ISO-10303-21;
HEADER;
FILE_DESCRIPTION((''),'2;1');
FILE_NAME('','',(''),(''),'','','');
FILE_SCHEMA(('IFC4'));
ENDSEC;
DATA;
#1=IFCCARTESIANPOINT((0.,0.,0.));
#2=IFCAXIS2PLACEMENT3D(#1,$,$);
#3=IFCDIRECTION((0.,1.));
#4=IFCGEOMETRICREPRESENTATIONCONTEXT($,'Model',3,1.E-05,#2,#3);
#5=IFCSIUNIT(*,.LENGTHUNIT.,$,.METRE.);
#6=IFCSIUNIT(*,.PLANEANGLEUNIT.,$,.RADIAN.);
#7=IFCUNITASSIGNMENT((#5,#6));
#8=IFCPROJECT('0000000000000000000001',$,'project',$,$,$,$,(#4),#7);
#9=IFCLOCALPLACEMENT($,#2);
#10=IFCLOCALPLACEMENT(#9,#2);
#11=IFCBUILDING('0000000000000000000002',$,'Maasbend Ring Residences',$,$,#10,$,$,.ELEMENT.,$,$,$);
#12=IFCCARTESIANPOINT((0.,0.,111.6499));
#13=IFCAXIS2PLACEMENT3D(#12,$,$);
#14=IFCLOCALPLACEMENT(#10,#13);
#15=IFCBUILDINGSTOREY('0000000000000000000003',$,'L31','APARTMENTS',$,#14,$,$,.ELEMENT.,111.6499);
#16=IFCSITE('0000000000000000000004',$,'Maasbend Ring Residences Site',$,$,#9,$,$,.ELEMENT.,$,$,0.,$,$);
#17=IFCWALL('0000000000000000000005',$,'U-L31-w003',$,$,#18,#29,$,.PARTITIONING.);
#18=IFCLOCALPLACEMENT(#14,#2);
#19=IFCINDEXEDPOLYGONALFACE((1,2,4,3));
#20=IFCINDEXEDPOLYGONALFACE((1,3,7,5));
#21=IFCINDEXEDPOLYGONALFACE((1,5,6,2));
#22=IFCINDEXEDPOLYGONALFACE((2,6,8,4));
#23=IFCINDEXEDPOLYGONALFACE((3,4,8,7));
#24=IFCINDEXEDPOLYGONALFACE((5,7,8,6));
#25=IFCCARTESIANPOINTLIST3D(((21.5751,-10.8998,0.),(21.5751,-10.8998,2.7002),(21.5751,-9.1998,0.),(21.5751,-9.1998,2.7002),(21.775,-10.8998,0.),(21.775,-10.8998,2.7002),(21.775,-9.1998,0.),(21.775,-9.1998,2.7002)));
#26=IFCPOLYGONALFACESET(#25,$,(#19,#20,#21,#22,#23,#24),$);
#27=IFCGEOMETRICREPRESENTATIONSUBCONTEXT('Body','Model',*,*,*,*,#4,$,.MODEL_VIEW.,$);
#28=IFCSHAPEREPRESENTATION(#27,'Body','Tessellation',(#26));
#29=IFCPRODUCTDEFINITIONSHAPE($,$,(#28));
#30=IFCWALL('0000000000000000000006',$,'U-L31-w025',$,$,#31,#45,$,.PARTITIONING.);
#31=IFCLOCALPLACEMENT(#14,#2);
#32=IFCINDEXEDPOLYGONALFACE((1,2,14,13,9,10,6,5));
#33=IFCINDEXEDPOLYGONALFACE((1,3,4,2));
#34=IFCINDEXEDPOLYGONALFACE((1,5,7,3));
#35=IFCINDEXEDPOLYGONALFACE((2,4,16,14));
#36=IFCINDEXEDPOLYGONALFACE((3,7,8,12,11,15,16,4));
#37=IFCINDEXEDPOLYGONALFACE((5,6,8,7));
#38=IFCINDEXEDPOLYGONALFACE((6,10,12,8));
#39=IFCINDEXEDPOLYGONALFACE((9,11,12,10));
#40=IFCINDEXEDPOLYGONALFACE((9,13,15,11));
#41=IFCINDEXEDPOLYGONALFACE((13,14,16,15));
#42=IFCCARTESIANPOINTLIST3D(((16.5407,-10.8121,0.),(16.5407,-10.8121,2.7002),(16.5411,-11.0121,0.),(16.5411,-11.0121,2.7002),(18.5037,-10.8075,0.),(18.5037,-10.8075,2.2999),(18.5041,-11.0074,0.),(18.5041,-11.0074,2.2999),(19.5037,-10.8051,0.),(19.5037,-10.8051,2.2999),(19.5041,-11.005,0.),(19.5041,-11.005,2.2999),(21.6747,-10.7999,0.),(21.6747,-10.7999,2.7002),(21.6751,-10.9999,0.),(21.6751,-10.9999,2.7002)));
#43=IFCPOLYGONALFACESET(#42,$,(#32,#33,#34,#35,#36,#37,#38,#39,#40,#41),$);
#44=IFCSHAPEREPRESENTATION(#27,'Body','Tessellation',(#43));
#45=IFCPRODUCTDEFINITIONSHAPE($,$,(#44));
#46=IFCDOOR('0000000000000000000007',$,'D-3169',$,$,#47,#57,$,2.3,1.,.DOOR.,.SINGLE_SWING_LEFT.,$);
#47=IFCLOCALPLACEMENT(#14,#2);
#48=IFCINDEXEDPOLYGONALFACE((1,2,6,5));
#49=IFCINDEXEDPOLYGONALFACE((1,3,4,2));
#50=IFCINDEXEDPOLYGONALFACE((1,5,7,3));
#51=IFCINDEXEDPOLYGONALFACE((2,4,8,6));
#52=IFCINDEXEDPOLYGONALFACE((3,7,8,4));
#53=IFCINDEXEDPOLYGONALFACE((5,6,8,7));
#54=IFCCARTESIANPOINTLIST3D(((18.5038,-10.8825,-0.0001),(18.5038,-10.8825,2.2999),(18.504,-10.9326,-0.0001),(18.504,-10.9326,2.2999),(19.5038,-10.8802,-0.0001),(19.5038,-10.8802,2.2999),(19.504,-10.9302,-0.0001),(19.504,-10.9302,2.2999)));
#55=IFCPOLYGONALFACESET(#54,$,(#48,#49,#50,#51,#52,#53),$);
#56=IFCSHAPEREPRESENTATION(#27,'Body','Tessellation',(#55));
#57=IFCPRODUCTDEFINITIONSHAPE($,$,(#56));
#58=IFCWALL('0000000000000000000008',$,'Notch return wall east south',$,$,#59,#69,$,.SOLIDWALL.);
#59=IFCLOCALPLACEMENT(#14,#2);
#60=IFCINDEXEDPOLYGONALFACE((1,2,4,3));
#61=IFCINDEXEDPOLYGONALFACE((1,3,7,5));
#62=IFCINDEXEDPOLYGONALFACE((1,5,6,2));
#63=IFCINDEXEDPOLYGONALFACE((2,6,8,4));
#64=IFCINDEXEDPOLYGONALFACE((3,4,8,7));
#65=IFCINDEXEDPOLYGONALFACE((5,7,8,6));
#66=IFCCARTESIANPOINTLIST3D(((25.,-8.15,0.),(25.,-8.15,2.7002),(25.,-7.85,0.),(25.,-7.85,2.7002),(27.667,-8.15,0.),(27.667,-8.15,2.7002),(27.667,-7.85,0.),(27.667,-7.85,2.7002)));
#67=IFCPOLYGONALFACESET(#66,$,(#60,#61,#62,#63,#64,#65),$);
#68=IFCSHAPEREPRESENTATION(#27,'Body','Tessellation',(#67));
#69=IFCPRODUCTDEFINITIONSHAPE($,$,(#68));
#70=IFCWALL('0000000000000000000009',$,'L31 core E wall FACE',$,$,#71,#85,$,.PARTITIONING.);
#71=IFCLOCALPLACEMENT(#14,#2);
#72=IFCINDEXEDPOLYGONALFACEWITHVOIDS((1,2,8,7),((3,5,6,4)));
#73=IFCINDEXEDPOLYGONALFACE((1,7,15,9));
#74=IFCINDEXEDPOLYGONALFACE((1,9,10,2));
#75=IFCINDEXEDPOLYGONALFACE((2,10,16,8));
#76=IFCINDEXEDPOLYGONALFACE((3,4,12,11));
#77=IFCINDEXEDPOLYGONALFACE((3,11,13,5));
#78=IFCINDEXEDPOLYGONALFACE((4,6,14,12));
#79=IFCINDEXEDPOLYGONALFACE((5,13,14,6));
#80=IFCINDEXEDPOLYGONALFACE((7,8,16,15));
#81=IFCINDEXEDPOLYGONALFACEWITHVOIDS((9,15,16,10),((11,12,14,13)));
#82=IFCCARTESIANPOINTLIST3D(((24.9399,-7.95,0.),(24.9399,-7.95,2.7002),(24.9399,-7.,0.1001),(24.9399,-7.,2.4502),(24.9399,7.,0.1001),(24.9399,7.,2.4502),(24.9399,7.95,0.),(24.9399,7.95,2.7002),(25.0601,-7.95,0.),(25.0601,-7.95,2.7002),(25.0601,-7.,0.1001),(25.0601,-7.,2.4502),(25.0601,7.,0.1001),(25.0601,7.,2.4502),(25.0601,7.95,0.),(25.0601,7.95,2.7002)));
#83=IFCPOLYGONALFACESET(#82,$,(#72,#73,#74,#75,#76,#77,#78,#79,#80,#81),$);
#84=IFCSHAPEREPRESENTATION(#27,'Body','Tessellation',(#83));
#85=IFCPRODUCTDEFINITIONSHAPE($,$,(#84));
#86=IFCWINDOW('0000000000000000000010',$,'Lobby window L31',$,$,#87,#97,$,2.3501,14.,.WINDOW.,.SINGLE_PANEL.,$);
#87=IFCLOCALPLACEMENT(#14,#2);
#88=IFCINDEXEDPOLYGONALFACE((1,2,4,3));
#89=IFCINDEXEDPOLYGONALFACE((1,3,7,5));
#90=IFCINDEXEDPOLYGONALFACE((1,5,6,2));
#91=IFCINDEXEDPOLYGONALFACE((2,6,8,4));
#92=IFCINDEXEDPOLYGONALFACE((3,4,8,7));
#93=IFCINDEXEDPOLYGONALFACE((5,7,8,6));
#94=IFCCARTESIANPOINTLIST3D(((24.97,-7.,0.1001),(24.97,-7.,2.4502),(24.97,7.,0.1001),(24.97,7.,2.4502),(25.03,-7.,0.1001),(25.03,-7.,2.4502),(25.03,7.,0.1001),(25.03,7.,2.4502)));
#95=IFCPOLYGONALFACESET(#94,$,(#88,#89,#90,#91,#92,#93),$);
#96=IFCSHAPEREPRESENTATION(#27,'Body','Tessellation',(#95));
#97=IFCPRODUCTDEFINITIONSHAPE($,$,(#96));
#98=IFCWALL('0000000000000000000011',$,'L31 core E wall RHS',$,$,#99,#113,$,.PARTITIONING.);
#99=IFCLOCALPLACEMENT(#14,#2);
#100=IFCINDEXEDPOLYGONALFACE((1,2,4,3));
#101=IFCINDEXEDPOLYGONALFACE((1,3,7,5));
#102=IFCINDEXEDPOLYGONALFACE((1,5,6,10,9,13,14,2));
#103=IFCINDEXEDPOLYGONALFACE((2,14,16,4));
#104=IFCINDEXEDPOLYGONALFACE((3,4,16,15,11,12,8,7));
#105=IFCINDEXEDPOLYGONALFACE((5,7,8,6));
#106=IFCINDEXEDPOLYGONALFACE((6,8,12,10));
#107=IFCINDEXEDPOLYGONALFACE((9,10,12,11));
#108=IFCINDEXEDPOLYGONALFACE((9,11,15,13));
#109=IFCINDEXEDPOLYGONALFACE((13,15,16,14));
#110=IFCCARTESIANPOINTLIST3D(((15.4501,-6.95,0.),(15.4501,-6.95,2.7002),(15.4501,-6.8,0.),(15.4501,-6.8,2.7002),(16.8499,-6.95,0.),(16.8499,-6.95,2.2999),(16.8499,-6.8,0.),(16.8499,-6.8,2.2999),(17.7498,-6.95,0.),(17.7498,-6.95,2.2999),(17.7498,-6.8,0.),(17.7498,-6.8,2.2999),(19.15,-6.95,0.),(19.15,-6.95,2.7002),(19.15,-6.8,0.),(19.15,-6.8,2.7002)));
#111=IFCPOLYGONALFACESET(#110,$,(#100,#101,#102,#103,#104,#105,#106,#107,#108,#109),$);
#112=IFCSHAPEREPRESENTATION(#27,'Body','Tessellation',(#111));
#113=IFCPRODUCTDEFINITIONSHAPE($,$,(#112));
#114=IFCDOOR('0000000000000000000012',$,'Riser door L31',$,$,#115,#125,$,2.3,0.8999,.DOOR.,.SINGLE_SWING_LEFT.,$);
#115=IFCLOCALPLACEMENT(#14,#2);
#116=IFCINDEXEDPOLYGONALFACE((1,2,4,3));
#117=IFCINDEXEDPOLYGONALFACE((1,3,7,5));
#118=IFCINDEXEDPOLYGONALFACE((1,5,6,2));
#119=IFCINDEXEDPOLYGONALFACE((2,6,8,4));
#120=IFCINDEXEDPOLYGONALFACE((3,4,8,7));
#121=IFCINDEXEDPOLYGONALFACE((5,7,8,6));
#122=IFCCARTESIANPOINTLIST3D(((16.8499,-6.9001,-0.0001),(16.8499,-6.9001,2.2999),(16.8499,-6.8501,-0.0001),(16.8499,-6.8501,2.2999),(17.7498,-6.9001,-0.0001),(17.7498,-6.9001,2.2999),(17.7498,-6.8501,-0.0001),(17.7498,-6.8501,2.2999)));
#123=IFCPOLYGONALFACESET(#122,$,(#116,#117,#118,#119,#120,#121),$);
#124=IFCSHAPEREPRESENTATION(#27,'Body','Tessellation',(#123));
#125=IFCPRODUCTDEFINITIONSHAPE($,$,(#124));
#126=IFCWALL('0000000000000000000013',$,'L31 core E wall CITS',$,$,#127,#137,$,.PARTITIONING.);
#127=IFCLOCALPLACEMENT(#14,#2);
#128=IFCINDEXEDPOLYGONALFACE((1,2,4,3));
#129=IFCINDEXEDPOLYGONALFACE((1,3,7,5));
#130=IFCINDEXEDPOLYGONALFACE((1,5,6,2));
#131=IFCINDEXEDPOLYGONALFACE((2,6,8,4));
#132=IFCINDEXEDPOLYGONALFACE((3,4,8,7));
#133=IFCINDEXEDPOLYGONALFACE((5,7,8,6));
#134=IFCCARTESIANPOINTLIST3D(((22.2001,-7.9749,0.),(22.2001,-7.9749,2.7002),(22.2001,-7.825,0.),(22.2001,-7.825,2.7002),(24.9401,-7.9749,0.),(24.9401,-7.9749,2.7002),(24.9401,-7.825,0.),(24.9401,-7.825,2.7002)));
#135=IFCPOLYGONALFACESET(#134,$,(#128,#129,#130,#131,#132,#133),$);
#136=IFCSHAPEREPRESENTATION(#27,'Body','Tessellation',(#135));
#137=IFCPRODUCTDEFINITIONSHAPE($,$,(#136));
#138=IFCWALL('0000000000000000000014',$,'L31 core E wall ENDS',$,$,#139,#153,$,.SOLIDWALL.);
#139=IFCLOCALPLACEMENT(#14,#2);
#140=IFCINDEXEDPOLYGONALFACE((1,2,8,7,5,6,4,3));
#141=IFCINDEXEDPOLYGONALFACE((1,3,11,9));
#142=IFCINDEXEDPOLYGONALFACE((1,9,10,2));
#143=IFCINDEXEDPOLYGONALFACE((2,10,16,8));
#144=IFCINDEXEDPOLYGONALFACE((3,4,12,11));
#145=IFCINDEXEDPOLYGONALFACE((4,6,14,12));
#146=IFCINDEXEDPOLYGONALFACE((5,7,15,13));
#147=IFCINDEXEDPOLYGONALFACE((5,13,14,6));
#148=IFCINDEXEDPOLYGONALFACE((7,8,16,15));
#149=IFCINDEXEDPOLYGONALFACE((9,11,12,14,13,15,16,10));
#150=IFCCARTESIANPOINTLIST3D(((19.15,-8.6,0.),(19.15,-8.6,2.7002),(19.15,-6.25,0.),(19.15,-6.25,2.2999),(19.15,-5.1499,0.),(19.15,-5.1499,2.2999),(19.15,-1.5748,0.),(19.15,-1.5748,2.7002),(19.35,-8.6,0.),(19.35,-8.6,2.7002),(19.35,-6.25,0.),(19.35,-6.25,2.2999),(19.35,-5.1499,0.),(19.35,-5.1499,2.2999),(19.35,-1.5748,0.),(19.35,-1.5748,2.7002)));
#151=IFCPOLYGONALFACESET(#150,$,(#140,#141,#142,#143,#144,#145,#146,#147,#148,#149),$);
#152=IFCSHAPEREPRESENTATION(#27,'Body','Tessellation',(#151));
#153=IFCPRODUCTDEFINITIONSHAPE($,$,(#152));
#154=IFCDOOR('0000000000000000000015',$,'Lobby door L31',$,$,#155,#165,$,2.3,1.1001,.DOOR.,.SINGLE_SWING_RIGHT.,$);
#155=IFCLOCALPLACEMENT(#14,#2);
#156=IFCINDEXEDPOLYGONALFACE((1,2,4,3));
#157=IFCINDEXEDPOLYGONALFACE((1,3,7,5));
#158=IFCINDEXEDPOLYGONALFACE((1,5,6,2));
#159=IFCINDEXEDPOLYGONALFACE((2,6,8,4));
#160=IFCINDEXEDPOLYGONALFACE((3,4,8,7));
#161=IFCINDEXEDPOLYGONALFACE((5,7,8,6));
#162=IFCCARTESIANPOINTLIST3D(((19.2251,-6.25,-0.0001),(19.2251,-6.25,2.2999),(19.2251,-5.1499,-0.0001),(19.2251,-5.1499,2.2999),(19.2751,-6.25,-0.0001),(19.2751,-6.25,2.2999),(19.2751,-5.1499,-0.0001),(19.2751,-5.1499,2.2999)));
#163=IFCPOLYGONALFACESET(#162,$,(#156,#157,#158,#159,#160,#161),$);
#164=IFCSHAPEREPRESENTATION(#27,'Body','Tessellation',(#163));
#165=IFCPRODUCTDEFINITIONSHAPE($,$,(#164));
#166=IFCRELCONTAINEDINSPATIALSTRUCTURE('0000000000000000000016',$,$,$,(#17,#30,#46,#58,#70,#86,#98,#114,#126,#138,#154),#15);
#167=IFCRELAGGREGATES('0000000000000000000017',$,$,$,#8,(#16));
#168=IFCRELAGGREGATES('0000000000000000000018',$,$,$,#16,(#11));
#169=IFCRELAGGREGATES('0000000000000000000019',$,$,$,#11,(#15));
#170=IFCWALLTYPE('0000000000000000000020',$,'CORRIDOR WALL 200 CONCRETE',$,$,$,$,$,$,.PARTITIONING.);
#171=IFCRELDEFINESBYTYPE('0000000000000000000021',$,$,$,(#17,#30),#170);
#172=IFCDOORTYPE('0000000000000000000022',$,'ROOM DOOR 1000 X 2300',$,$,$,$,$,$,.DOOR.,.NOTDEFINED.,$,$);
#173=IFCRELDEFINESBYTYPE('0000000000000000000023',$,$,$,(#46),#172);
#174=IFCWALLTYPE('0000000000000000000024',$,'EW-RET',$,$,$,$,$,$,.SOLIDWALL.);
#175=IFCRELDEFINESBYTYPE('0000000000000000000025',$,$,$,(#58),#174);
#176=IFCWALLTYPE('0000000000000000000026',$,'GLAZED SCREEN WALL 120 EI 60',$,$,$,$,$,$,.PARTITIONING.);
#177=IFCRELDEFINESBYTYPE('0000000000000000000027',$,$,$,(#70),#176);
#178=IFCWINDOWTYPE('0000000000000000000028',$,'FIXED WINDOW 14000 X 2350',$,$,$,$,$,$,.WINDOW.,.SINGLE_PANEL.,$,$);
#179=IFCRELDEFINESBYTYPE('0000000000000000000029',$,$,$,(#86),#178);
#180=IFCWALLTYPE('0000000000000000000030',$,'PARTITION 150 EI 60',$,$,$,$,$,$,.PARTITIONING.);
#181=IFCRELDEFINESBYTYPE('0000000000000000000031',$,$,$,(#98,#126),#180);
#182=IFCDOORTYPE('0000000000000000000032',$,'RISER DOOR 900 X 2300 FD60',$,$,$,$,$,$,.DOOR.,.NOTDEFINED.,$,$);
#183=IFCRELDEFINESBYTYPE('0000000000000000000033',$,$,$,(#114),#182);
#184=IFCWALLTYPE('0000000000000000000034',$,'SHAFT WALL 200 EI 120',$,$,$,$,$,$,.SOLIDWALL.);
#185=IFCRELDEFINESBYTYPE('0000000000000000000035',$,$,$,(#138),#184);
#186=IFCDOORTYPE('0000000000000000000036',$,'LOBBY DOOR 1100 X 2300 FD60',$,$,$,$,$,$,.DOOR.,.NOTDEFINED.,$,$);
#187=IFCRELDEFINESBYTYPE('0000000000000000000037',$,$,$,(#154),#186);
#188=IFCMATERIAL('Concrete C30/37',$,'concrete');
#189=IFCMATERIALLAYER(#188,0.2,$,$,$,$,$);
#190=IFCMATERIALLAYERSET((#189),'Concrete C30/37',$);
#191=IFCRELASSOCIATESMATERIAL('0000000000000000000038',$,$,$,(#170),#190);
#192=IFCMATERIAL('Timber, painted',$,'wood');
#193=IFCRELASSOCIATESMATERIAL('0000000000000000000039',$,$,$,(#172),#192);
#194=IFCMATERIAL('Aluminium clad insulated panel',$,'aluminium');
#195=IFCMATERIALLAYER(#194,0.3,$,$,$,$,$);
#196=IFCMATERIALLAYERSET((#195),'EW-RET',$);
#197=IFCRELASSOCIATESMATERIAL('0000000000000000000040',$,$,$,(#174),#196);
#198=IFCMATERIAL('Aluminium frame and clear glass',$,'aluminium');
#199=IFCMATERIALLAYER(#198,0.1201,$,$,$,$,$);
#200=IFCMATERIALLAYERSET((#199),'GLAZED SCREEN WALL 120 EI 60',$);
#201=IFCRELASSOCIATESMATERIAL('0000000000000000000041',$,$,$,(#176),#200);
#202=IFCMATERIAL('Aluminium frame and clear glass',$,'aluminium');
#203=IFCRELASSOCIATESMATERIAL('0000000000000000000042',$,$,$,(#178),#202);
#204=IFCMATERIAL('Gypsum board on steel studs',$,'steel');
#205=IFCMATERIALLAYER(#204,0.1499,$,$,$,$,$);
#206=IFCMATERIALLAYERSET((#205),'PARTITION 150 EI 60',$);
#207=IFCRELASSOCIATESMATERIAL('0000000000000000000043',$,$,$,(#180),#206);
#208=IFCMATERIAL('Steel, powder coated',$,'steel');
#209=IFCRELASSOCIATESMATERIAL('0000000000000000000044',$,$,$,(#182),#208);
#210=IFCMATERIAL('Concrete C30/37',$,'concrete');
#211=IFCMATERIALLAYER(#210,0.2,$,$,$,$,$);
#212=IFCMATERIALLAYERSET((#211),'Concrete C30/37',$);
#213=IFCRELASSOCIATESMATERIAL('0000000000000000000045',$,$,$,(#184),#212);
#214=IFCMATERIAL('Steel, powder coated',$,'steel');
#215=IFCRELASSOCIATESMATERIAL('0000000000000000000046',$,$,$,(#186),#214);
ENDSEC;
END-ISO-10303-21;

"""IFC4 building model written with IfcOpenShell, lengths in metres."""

from ifc_helpers import new_model, si_unit, direction, frame, frame_2d, origin, place, context, subcontext, project, spatial, rectangle, extrude, material, layer, layer_set, type_object, element, fill, save


model = new_model("IFC4")

# Units and contexts
model_context = context("Model", 3, precision=1e-05, world=origin(), true_north=direction((0.0, 1.0)))
body_context = subcontext(model_context, "Body", "Model", "MODEL_VIEW")
ifc_project = project(units=[si_unit("LENGTHUNIT", "METRE"), si_unit("PLANEANGLEUNIT", "RADIAN")], contexts=[model_context])

# Site, building, storey
site_placement = place(None, origin())
site = spatial("IfcSite", under=ifc_project, at=site_placement, Name="Maasbend Ring Residences Site", CompositionType="ELEMENT", RefElevation=0.0)
building_placement = place(site_placement, origin())
building = spatial("IfcBuilding", under=site, at=building_placement, Name="Maasbend Ring Residences", CompositionType="ELEMENT")
storey_placement = place(building_placement, frame((0.0, 0.0, 111.6499)))
storey = spatial("IfcBuildingStorey", under=building, at=storey_placement, Name="L31", Description="APARTMENTS", CompositionType="ELEMENT", Elevation=111.6499)

# Wall
ifc_material_1 = material(Name="Concrete C30/37", Category="concrete")
ifc_layer_1 = layer(ifc_material_1, 0.2)
ifc_layer_set_1 = layer_set([ifc_layer_1], Name="Concrete C30/37")
wall_type_1 = type_object("IfcWallType", Name="CORRIDOR WALL 200 CONCRETE", PredefinedType="PARTITIONING", material=ifc_layer_set_1)
wall_1_placement = place(storey_placement, frame((21.675, -10.8999, 0.0), z_axis=(0.0, 0.0, 1.0), x_axis=(0.0, 1.0, 0.0)))
element("IfcWall", 1, at=wall_1_placement, inside=storey, type_object=wall_type_1, Name="U-L31-w003", PredefinedType="PARTITIONING", context=body_context, shape_type="SweptSolid", body=[
    extrude(rectangle(XDim=1.7, YDim=0.2, at=frame_2d((0.8501, 0.0))), origin(), (0.0, 0.0, 1.0), 2.7002),
])

# Wall, opening, door
wall_2_placement = place(storey_placement, frame((16.541, -10.9121, 0.0), z_axis=(0.0, 0.0, 1.0), x_axis=(0.999997, 0.002378, 0.0)))
wall_2 = element("IfcWall", 2, at=wall_2_placement, inside=storey, type_object=wall_type_1, Name="U-L31-w025", PredefinedType="PARTITIONING", context=body_context, shape_type="SweptSolid", body=[
    extrude(rectangle(XDim=5.134, YDim=0.2, at=frame_2d((2.5669, 0.0))), origin(), (0.0, 0.0, 1.0), 2.7002),
])
opening_1_placement = place(wall_2_placement, frame((1.9629, 0.0, 0.0)))
opening_1 = element("IfcOpeningElement", 3, at=opening_1_placement, cuts=wall_2, PredefinedType="OPENING", context=body_context, shape_type="SweptSolid", body=[
    extrude(rectangle(XDim=1.0, YDim=2.3, at=frame_2d((0.5, 1.1499))), frame((0.0, 0.1099, 0.0), z_axis=(0.0, -1.0, 0.0), x_axis=(1.0, 0.0, 0.0)), (0.0, 0.0, 1.0), 0.22),
])
ifc_material_2 = material(Name="Timber, painted", Category="wood")
door_type_1 = type_object("IfcDoorType", Name="ROOM DOOR 1000 X 2300", OperationType="NOTDEFINED", PredefinedType="DOOR", material=ifc_material_2)
door_1_placement = place(opening_1_placement, origin())
door_1 = element("IfcDoor", 4, at=door_1_placement, inside=storey, type_object=door_type_1, Name="D-3169", OperationType="SINGLE_SWING_LEFT", OverallHeight=2.3, OverallWidth=1.0, PredefinedType="DOOR", context=body_context, shape_type="SweptSolid", body=[
    extrude(rectangle(XDim=1.0, YDim=2.3, at=frame_2d((0.5, 1.1499))), frame((0.0, 0.0249, 0.0), z_axis=(0.0, -1.0, 0.0), x_axis=(1.0, 0.0, 0.0)), (0.0, 0.0, 1.0), 0.05),
])
fill(opening_1, door_1)

# Wall
ifc_material_3 = material(Name="Aluminium clad insulated panel", Category="aluminium")
ifc_layer_2 = layer(ifc_material_3, 0.3)
ifc_layer_set_2 = layer_set([ifc_layer_2], Name="EW-RET")
wall_type_2 = type_object("IfcWallType", Name="EW-RET", PredefinedType="SOLIDWALL", material=ifc_layer_set_2)
wall_3_placement = place(storey_placement, frame((25.0, -8.0, 0.0), z_axis=(0.0, 0.0, 1.0), x_axis=(1.0, 0.0, 0.0)))
element("IfcWall", 5, at=wall_3_placement, inside=storey, type_object=wall_type_2, Name="Notch return wall east south", PredefinedType="SOLIDWALL", context=body_context, shape_type="SweptSolid", body=[
    extrude(rectangle(XDim=2.667, YDim=0.3, at=frame_2d((1.3335, 0.0))), origin(), (0.0, 0.0, 1.0), 2.7002),
])

# Wall, opening, window
ifc_material_4 = material(Name="Aluminium frame and clear glass", Category="aluminium")
ifc_layer_3 = layer(ifc_material_4, 0.1201)
ifc_layer_set_3 = layer_set([ifc_layer_3], Name="GLAZED SCREEN WALL 120 EI 60")
wall_type_3 = type_object("IfcWallType", Name="GLAZED SCREEN WALL 120 EI 60", PredefinedType="PARTITIONING", material=ifc_layer_set_3)
wall_4_placement = place(storey_placement, frame((25.0, -7.95, 0.0), z_axis=(0.0, 0.0, 1.0), x_axis=(0.0, 1.0, 0.0)))
wall_4 = element("IfcWall", 6, at=wall_4_placement, inside=storey, type_object=wall_type_3, Name="L31 core E wall FACE", PredefinedType="PARTITIONING", context=body_context, shape_type="SweptSolid", body=[
    extrude(rectangle(XDim=15.8999, YDim=0.1201, at=frame_2d((7.95, 0.0))), origin(), (0.0, 0.0, 1.0), 2.7002),
])
opening_2_placement = place(wall_4_placement, frame((0.95, 0.0, 0.1001)))
opening_2 = element("IfcOpeningElement", 7, at=opening_2_placement, cuts=wall_4, PredefinedType="OPENING", context=body_context, shape_type="SweptSolid", body=[
    extrude(rectangle(XDim=14.0, YDim=2.3501, at=frame_2d((7.0, 1.175))), frame((0.0, 0.0701, 0.0), z_axis=(0.0, -1.0, 0.0), x_axis=(1.0, 0.0, 0.0)), (0.0, 0.0, 1.0), 0.1401),
])
ifc_material_5 = material(Name="Aluminium frame and clear glass", Category="aluminium")
window_type = type_object("IfcWindowType", Name="FIXED WINDOW 14000 X 2350", PartitioningType="SINGLE_PANEL", PredefinedType="WINDOW", material=ifc_material_5)
window_placement = place(opening_2_placement, origin())
window = element("IfcWindow", 8, at=window_placement, inside=storey, type_object=window_type, Name="Lobby window L31", OverallHeight=2.3501, OverallWidth=14.0, PartitioningType="SINGLE_PANEL", PredefinedType="WINDOW", context=body_context, shape_type="SweptSolid", body=[
    extrude(rectangle(XDim=14.0, YDim=2.3501, at=frame_2d((7.0, 1.175))), frame((0.0, 0.03, 0.0), z_axis=(0.0, -1.0, 0.0), x_axis=(1.0, 0.0, 0.0)), (0.0, 0.0, 1.0), 0.0601),
])
fill(opening_2, window)

# Wall, opening, door
ifc_material_6 = material(Name="Gypsum board on steel studs", Category="steel")
ifc_layer_4 = layer(ifc_material_6, 0.1499)
ifc_layer_set_4 = layer_set([ifc_layer_4], Name="PARTITION 150 EI 60")
wall_type_4 = type_object("IfcWallType", Name="PARTITION 150 EI 60", PredefinedType="PARTITIONING", material=ifc_layer_set_4)
wall_5_placement = place(storey_placement, frame((15.45, -6.875, 0.0), z_axis=(0.0, 0.0, 1.0), x_axis=(1.0, 0.0, 0.0)))
wall_5 = element("IfcWall", 9, at=wall_5_placement, inside=storey, type_object=wall_type_4, Name="L31 core E wall RHS", PredefinedType="PARTITIONING", context=body_context, shape_type="SweptSolid", body=[
    extrude(rectangle(XDim=3.7, YDim=0.1499, at=frame_2d((1.8501, 0.0))), origin(), (0.0, 0.0, 1.0), 2.7002),
])
opening_3_placement = place(wall_5_placement, frame((1.3999, 0.0, 0.0)))
opening_3 = element("IfcOpeningElement", 10, at=opening_3_placement, cuts=wall_5, PredefinedType="OPENING", context=body_context, shape_type="SweptSolid", body=[
    extrude(rectangle(XDim=0.8999, YDim=2.3, at=frame_2d((0.45, 1.1499))), frame((0.0, 0.085, 0.0), z_axis=(0.0, -1.0, 0.0), x_axis=(1.0, 0.0, 0.0)), (0.0, 0.0, 1.0), 0.1699),
])
ifc_material_7 = material(Name="Steel, powder coated", Category="steel")
door_type_2 = type_object("IfcDoorType", Name="RISER DOOR 900 X 2300 FD60", OperationType="NOTDEFINED", PredefinedType="DOOR", material=ifc_material_7)
door_2_placement = place(opening_3_placement, origin())
door_2 = element("IfcDoor", 11, at=door_2_placement, inside=storey, type_object=door_type_2, Name="Riser door L31", OperationType="SINGLE_SWING_LEFT", OverallHeight=2.3, OverallWidth=0.8999, PredefinedType="DOOR", context=body_context, shape_type="SweptSolid", body=[
    extrude(rectangle(XDim=0.8999, YDim=2.3, at=frame_2d((0.45, 1.1499))), frame((0.0, 0.0249, 0.0), z_axis=(0.0, -1.0, 0.0), x_axis=(1.0, 0.0, 0.0)), (0.0, 0.0, 1.0), 0.05),
])
fill(opening_3, door_2)

# Wall
wall_6_placement = place(storey_placement, frame((22.2, -7.8999, 0.0), z_axis=(0.0, 0.0, 1.0), x_axis=(1.0, 0.0, 0.0)))
element("IfcWall", 12, at=wall_6_placement, inside=storey, type_object=wall_type_4, Name="L31 core E wall CITS", PredefinedType="PARTITIONING", context=body_context, shape_type="SweptSolid", body=[
    extrude(rectangle(XDim=2.74, YDim=0.1499, at=frame_2d((1.3701, 0.0))), origin(), (0.0, 0.0, 1.0), 2.7002),
])

# Wall, opening, door
ifc_material_8 = material(Name="Concrete C30/37", Category="concrete")
ifc_layer_5 = layer(ifc_material_8, 0.2)
ifc_layer_set_5 = layer_set([ifc_layer_5], Name="Concrete C30/37")
wall_type_5 = type_object("IfcWallType", Name="SHAFT WALL 200 EI 120", PredefinedType="SOLIDWALL", material=ifc_layer_set_5)
wall_7_placement = place(storey_placement, frame((19.25, -8.6001, 0.0), z_axis=(0.0, 0.0, 1.0), x_axis=(0.0, 1.0, 0.0)))
wall_7 = element("IfcWall", 13, at=wall_7_placement, inside=storey, type_object=wall_type_5, Name="L31 core E wall ENDS", PredefinedType="SOLIDWALL", context=body_context, shape_type="SweptSolid", body=[
    extrude(rectangle(XDim=7.0251, YDim=0.2, at=frame_2d((3.5127, 0.0))), origin(), (0.0, 0.0, 1.0), 2.7002),
])
opening_4_placement = place(wall_7_placement, frame((2.3501, 0.0, 0.0)))
opening_4 = element("IfcOpeningElement", 14, at=opening_4_placement, cuts=wall_7, PredefinedType="OPENING", context=body_context, shape_type="SweptSolid", body=[
    extrude(rectangle(XDim=1.1001, YDim=2.3, at=frame_2d((0.55, 1.1499))), frame((0.0, 0.1099, 0.0), z_axis=(0.0, -1.0, 0.0), x_axis=(1.0, 0.0, 0.0)), (0.0, 0.0, 1.0), 0.22),
])
ifc_material_9 = material(Name="Steel, powder coated", Category="steel")
door_type_3 = type_object("IfcDoorType", Name="LOBBY DOOR 1100 X 2300 FD60", OperationType="NOTDEFINED", PredefinedType="DOOR", material=ifc_material_9)
door_3_placement = place(opening_4_placement, origin())
door_3 = element("IfcDoor", 15, at=door_3_placement, inside=storey, type_object=door_type_3, Name="Lobby door L31", OperationType="SINGLE_SWING_RIGHT", OverallHeight=2.3, OverallWidth=1.1001, PredefinedType="DOOR", context=body_context, shape_type="SweptSolid", body=[
    extrude(rectangle(XDim=1.1001, YDim=2.3, at=frame_2d((0.55, 1.1499))), frame((0.0, 0.0249, 0.0), z_axis=(0.0, -1.0, 0.0), x_axis=(1.0, 0.0, 0.0)), (0.0, 0.0, 1.0), 0.05),
])
fill(opening_4, door_3)

save(model, "model.ifc")
